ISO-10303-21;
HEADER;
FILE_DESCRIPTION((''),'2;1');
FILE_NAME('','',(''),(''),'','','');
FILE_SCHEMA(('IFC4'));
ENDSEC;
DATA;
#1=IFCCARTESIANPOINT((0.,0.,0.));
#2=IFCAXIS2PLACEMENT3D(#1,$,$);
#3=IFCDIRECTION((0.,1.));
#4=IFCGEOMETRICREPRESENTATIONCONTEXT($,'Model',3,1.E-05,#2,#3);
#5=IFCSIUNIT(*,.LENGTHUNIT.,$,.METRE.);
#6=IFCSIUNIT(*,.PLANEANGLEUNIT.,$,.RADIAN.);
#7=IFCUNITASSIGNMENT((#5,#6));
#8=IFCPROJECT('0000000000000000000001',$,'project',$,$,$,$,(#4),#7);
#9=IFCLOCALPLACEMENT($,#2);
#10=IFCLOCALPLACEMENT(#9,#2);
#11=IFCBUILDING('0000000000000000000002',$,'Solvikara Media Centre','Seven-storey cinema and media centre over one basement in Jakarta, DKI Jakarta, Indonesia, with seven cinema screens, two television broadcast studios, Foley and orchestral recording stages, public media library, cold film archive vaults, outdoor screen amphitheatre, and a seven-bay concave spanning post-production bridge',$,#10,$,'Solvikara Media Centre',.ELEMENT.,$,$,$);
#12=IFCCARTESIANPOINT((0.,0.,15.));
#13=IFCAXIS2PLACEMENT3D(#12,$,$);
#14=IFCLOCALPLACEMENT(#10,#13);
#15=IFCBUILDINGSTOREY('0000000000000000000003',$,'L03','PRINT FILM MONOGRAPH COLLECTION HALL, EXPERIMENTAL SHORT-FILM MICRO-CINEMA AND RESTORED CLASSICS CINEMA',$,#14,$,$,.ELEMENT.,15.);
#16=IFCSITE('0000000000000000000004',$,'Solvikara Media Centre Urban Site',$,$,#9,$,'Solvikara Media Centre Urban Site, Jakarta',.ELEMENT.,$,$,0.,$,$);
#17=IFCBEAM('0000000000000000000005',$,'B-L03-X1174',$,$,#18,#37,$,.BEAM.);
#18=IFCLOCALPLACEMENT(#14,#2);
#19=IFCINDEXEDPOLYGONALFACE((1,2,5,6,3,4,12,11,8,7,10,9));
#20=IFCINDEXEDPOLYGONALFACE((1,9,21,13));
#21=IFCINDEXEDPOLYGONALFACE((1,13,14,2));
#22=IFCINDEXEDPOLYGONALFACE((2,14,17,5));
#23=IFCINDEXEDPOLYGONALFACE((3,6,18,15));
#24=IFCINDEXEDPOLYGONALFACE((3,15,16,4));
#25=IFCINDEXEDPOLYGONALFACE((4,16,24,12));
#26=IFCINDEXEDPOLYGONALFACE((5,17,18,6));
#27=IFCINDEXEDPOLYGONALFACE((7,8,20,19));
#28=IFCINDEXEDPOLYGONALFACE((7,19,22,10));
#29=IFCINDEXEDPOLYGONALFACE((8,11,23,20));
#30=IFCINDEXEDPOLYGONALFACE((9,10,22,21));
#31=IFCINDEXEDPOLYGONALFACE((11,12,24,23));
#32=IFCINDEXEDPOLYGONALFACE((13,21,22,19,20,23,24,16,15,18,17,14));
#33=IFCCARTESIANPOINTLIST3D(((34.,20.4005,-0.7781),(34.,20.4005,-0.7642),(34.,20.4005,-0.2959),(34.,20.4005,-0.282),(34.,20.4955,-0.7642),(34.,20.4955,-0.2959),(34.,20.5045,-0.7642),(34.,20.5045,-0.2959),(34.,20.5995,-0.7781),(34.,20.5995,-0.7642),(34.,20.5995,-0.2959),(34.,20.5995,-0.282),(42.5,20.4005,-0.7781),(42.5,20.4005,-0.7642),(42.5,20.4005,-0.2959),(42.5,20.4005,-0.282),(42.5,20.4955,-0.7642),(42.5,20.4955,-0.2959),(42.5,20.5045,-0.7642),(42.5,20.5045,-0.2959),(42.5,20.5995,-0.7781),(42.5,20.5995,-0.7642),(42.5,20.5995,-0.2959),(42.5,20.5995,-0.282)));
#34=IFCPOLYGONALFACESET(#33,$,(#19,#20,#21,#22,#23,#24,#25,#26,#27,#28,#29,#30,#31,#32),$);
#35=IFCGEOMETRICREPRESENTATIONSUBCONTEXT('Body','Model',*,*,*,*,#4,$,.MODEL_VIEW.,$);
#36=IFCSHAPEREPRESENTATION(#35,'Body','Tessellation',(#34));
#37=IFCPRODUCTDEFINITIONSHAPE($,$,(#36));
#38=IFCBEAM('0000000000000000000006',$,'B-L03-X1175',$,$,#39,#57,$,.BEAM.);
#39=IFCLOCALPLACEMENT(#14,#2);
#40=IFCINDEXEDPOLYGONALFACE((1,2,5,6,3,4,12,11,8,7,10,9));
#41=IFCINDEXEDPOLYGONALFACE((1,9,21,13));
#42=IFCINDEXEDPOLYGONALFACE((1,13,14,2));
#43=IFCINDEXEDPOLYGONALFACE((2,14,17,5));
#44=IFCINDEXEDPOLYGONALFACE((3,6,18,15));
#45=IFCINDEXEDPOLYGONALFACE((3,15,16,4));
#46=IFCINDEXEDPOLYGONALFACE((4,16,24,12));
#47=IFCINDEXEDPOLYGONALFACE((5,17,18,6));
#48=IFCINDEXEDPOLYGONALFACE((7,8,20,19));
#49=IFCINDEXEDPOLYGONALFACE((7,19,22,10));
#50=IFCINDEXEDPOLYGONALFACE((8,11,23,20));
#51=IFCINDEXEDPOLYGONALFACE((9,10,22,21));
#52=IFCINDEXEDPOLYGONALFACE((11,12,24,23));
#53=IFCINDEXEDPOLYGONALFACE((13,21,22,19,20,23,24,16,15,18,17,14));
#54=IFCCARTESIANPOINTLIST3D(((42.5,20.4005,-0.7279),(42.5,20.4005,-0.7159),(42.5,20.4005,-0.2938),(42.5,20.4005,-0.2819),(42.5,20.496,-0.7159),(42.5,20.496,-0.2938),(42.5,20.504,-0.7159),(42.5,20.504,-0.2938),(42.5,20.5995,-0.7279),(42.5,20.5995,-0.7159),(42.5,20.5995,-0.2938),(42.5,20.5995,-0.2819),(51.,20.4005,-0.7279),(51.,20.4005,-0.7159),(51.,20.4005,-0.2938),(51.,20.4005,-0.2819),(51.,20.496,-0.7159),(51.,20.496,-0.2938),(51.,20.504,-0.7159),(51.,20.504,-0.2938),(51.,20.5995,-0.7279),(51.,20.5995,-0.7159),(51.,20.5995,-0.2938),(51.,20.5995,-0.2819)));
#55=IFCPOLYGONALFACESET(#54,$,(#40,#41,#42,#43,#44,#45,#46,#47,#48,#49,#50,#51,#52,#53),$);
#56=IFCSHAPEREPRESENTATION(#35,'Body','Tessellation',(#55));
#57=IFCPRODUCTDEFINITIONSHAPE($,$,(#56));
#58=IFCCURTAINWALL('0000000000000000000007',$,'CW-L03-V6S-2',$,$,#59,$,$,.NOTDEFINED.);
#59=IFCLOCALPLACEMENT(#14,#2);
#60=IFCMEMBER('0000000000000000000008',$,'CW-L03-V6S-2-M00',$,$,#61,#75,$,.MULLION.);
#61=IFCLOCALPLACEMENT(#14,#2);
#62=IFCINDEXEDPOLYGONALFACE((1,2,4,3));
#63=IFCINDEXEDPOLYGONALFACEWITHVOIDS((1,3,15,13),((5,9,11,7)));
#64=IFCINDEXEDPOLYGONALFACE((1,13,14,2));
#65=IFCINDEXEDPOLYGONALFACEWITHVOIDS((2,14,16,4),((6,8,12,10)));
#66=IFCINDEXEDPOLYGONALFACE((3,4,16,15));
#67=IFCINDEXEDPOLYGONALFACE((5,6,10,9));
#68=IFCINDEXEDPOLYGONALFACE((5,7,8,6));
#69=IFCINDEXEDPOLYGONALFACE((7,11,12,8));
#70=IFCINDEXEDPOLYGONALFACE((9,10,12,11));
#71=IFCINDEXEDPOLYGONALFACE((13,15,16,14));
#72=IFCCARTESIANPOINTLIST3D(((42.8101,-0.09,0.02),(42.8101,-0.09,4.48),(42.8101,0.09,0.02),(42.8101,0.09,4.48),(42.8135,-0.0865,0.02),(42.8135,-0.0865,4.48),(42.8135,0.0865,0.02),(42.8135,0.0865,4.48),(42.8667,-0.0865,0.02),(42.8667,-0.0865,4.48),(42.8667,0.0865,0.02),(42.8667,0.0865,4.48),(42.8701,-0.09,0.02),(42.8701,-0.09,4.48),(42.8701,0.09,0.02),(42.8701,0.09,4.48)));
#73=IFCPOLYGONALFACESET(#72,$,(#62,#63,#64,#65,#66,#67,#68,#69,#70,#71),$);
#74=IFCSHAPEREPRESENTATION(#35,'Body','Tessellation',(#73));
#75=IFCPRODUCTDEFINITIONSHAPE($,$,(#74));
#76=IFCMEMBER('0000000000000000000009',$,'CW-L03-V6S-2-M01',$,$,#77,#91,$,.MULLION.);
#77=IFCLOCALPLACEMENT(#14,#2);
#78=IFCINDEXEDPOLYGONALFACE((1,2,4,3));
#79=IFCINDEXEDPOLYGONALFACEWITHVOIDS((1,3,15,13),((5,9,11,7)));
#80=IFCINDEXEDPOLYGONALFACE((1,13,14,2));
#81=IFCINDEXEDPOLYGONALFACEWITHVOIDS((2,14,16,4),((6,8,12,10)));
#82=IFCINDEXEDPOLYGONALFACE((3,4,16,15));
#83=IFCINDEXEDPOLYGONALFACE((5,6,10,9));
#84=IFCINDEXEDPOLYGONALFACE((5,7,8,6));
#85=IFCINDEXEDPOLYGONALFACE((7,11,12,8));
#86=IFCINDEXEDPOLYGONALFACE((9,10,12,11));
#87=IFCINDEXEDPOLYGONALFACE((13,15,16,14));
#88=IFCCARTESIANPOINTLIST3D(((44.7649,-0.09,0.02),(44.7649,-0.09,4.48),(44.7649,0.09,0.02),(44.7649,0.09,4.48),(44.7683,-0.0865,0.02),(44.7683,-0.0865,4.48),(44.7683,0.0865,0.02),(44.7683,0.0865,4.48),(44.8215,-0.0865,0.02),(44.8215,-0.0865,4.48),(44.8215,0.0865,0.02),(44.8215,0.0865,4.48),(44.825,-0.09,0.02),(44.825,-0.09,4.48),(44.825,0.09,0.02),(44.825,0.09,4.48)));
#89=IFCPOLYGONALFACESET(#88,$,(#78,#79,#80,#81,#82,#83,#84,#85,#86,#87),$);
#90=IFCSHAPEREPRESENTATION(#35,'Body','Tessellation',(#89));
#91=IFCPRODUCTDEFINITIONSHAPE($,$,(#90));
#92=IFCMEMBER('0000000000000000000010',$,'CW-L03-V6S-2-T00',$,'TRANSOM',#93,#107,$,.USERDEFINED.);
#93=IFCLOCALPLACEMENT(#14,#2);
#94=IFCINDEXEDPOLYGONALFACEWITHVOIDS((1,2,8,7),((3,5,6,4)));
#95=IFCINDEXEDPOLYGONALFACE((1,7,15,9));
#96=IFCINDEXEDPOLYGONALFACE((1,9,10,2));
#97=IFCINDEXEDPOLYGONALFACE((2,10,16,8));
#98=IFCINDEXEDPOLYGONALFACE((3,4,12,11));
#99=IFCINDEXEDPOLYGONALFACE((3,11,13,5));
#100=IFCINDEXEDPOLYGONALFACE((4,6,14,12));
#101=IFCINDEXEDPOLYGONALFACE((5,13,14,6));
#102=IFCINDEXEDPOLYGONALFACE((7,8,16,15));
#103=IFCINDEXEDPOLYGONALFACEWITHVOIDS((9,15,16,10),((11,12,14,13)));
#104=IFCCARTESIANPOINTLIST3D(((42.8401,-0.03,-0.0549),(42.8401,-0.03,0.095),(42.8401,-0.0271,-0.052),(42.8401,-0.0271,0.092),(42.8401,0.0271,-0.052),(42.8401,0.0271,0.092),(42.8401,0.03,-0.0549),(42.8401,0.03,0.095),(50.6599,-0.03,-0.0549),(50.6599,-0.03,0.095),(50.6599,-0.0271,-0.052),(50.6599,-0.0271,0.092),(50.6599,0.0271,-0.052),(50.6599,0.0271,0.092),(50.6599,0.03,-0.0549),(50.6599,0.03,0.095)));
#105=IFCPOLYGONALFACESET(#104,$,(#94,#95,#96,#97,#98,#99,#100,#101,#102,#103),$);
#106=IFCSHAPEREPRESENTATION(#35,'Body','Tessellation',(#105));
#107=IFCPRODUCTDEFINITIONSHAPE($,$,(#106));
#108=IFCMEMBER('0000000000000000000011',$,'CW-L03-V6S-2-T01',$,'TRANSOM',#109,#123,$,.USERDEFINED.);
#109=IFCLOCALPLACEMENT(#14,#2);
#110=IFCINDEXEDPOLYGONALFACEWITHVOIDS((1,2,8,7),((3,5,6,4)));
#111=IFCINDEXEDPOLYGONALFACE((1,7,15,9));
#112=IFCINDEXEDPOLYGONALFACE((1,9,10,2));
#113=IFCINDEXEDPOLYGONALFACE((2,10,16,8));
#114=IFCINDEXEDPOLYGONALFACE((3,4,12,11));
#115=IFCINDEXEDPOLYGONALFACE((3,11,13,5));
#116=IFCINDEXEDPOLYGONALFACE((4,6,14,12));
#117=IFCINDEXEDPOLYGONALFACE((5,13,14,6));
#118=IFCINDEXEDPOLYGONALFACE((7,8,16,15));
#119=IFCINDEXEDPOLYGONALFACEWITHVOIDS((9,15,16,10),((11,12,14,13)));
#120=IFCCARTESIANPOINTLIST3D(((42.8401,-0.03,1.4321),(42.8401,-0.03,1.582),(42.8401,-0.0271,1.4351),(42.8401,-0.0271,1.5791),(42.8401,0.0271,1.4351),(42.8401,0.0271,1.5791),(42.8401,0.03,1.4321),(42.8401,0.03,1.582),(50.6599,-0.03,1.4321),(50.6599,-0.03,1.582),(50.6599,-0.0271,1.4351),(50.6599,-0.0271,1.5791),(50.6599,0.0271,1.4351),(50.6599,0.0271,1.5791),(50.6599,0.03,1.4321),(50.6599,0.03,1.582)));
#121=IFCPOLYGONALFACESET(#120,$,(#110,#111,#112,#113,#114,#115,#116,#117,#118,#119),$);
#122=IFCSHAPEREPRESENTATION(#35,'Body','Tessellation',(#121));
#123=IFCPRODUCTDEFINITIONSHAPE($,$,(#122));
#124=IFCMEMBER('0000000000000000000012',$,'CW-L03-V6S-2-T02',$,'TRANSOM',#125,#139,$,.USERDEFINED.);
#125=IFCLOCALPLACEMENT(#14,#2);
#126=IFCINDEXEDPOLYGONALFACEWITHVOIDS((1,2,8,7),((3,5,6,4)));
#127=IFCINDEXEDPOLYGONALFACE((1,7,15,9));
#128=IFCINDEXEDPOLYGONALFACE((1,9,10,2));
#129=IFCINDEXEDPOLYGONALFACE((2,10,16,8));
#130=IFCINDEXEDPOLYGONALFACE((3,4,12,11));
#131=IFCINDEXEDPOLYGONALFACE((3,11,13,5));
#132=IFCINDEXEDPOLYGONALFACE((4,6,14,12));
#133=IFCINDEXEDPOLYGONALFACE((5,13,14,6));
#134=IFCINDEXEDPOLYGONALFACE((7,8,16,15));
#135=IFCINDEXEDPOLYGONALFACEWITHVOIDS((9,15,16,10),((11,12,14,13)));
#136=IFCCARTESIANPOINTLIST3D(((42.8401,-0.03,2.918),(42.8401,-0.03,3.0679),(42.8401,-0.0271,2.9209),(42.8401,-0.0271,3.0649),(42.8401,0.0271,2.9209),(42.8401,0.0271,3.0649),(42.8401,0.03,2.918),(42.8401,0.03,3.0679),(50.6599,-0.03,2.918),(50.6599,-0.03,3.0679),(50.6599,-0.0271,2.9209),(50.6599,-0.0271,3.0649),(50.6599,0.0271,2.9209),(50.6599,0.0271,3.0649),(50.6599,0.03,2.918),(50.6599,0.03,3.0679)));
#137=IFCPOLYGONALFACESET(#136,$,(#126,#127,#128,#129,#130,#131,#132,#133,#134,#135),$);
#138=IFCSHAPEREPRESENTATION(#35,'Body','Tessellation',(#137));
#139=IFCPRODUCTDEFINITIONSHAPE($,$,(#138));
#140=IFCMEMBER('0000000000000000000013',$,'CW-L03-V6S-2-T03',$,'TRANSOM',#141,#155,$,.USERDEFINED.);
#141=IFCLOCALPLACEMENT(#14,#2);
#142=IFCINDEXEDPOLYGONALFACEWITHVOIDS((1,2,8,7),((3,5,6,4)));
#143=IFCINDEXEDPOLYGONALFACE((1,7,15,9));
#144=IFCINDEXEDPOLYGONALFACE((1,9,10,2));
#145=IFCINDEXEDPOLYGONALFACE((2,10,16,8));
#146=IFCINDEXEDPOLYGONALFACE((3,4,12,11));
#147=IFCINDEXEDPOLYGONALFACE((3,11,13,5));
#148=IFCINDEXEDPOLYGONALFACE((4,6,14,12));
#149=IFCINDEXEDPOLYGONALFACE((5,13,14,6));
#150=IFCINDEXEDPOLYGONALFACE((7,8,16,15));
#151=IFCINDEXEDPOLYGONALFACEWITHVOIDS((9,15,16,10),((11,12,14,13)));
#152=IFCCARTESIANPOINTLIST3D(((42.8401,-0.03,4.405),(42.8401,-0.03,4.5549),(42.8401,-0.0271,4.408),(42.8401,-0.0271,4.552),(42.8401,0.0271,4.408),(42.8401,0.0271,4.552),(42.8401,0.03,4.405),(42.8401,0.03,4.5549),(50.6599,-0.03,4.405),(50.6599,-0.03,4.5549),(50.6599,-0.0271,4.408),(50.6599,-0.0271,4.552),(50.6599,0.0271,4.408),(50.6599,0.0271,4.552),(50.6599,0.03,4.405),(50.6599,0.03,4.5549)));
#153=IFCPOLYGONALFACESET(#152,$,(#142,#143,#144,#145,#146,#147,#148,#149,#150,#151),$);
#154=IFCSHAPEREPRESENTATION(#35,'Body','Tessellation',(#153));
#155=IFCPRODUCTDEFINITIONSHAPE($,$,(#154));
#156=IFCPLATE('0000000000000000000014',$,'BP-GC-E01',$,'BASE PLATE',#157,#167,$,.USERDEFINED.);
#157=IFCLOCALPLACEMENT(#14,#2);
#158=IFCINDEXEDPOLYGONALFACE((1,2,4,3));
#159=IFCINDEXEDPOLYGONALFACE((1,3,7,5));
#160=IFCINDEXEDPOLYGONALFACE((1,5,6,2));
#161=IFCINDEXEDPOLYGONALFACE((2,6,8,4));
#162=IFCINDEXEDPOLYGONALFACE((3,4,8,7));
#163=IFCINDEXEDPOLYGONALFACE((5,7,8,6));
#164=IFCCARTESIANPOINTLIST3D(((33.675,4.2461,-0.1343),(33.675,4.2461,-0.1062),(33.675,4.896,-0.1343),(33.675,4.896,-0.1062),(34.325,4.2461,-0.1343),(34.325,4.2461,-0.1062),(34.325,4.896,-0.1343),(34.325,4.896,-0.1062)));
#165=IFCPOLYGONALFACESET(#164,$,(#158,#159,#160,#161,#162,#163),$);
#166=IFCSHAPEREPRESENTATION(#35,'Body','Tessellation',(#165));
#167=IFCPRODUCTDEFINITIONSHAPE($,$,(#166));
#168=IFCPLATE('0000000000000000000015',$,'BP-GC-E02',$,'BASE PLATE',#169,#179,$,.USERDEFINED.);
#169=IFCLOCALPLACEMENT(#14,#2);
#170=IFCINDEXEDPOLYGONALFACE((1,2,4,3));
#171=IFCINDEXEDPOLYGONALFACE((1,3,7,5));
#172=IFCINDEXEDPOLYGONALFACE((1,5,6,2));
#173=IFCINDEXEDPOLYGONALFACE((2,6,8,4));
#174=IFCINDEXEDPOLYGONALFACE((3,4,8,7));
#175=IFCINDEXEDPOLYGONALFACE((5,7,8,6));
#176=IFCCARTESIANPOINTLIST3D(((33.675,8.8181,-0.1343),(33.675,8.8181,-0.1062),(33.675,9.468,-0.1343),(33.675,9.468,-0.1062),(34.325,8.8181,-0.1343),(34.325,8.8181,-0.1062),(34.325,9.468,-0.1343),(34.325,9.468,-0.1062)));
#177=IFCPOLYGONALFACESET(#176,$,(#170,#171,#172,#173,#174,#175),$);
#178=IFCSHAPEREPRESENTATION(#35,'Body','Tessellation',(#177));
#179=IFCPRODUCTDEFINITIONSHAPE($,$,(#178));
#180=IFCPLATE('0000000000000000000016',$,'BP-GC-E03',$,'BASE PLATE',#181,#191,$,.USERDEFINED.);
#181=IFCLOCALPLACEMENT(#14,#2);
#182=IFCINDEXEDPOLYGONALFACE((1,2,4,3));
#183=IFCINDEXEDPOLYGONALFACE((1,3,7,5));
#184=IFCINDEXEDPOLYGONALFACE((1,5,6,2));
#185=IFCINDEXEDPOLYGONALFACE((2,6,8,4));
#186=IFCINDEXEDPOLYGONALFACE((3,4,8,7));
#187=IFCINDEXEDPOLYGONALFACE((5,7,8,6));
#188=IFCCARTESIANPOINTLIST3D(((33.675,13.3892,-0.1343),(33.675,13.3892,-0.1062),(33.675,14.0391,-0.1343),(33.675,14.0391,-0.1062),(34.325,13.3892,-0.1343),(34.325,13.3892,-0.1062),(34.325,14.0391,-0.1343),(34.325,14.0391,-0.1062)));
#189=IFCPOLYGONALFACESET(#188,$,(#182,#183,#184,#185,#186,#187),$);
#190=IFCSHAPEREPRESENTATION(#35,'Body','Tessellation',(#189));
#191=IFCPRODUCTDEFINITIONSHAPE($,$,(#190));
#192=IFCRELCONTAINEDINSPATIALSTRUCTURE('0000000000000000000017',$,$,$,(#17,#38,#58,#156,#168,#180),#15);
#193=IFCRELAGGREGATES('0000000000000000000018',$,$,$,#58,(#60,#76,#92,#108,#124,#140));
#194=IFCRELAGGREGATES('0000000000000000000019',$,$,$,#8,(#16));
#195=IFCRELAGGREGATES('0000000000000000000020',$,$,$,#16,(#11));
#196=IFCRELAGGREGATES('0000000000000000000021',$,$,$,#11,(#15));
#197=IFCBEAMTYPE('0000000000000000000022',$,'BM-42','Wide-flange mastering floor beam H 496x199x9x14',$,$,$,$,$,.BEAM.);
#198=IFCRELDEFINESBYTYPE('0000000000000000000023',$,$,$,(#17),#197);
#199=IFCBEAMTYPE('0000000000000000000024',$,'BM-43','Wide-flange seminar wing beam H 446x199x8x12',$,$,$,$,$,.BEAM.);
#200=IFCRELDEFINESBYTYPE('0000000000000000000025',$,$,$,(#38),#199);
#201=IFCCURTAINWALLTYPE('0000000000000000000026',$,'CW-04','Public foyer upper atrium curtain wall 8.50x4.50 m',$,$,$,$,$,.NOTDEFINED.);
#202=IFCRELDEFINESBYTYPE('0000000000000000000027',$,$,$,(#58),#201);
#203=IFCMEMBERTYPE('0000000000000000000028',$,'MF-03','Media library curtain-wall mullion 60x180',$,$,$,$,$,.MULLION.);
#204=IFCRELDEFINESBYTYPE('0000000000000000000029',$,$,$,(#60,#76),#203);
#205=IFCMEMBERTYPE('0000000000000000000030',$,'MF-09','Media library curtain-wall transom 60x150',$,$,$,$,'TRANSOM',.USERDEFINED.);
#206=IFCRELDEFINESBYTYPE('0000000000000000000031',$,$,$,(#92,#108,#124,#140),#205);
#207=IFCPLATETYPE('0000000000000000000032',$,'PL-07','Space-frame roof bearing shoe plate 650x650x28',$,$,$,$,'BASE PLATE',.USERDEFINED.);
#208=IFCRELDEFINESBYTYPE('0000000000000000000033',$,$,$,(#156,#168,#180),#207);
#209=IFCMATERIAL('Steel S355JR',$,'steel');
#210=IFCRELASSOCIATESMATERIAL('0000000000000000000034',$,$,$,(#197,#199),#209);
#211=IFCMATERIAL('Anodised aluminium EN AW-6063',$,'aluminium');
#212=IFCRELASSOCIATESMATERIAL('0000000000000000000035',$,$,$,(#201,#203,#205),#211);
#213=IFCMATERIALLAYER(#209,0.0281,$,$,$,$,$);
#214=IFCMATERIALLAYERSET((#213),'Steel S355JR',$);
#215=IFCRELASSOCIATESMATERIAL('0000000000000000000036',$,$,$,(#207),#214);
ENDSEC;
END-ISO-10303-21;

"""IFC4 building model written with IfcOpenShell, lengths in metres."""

from ifc_helpers import new_model, si_unit, direction, frame, origin, origin_2d, place, context, subcontext, project, spatial, rectangle, hollow_rectangle, i_section, extrude, material, layer, layer_set, material_profile, profile_set, type_object, element, aggregate, save


model = new_model("IFC4")

# Units and contexts
model_context = context("Model", 3, precision=1e-05, world=origin(), true_north=direction((0.0, 1.0)))
body_context = subcontext(model_context, "Body", "Model", "MODEL_VIEW")
ifc_project = project(units=[si_unit("LENGTHUNIT", "METRE"), si_unit("PLANEANGLEUNIT", "RADIAN")], contexts=[model_context])

# Site, building, storey
site_placement = place(None, origin())
site = spatial("IfcSite", under=ifc_project, at=site_placement, Name="Solvikara Media Centre Urban Site", LongName="Solvikara Media Centre Urban Site, Jakarta", CompositionType="ELEMENT", RefElevation=0.0)
building_placement = place(site_placement, origin())
building = spatial("IfcBuilding", under=site, at=building_placement, Name="Solvikara Media Centre", Description="Seven-storey cinema and media centre over one basement in Jakarta, DKI Jakarta, Indonesia, with seven cinema screens, two television broadcast studios, Foley and orchestral recording stages, public media library, cold film archive vaults, outdoor screen amphitheatre, and a seven-bay concave spanning post-production bridge", LongName="Solvikara Media Centre", CompositionType="ELEMENT")
storey_placement = place(building_placement, frame((0.0, 0.0, 15.0)))
storey = spatial("IfcBuildingStorey", under=building, at=storey_placement, Name="L03", Description="PRINT FILM MONOGRAPH COLLECTION HALL, EXPERIMENTAL SHORT-FILM MICRO-CINEMA AND RESTORED CLASSICS CINEMA", CompositionType="ELEMENT", Elevation=15.0)

# Beams
ifc_material_1 = material(Name="Steel S355JR", Category="steel")
ifc_material_profile_1 = material_profile(ifc_material_1, i_section(OverallWidth=0.199, OverallDepth=0.4961, WebThickness=0.009, FlangeThickness=0.0139, at=origin_2d()), Name="H 496x199x9x14")
ifc_profile_set_1 = profile_set([ifc_material_profile_1], Name="Steel S355JR")
beam_type_1 = type_object("IfcBeamType", Name="BM-42", Description="Wide-flange mastering floor beam H 496x199x9x14", PredefinedType="BEAM", material=ifc_profile_set_1)
beam_1_placement = place(storey_placement, frame((34.0, 20.5, -0.53), z_axis=(1.0, 0.0, 0.0), x_axis=(0.0, 1.0, 0.0)))
element("IfcBeam", 1, at=beam_1_placement, inside=storey, type_object=beam_type_1, Name="B-L03-X1174", PredefinedType="BEAM", context=body_context, shape_type="SweptSolid", body=[
    extrude(i_section(OverallWidth=0.199, OverallDepth=0.4961, WebThickness=0.009, FlangeThickness=0.0139, at=origin_2d()), origin(), (0.0, 0.0, 1.0), 8.5),
])
ifc_material_profile_2 = material_profile(ifc_material_1, i_section(OverallWidth=0.199, OverallDepth=0.446, WebThickness=0.0081, FlangeThickness=0.012, at=origin_2d()), Name="H 446x199x8x12")
ifc_profile_set_2 = profile_set([ifc_material_profile_2], Name="Steel S355JR")
beam_type_2 = type_object("IfcBeamType", Name="BM-43", Description="Wide-flange seminar wing beam H 446x199x8x12", PredefinedType="BEAM", material=ifc_profile_set_2)
beam_2_placement = place(storey_placement, frame((42.5, 20.5, -0.5049), z_axis=(1.0, 0.0, 0.0), x_axis=(0.0, 1.0, 0.0)))
element("IfcBeam", 2, at=beam_2_placement, inside=storey, type_object=beam_type_2, Name="B-L03-X1175", PredefinedType="BEAM", context=body_context, shape_type="SweptSolid", body=[
    extrude(i_section(OverallWidth=0.199, OverallDepth=0.446, WebThickness=0.0081, FlangeThickness=0.012, at=origin_2d()), origin(), (0.0, 0.0, 1.0), 8.5),
])

# Curtain wall, members
ifc_material_2 = material(Name="Anodised aluminium EN AW-6063", Category="aluminium")
curtain_wall_type = type_object("IfcCurtainWallType", Name="CW-04", Description="Public foyer upper atrium curtain wall 8.50x4.50 m", PredefinedType="NOTDEFINED", material=ifc_material_2)
curtain_wall_placement = place(storey_placement, origin())
curtain_wall = element("IfcCurtainWall", 3, at=curtain_wall_placement, inside=storey, type_object=curtain_wall_type, Name="CW-L03-V6S-2", PredefinedType="NOTDEFINED")
ifc_material_profile_3 = material_profile(ifc_material_2, hollow_rectangle(XDim=0.0601, YDim=0.1799, WallThickness=0.0034, at=origin_2d()), Name="ALU-M 60x180x3.5")
ifc_profile_set_3 = profile_set([ifc_material_profile_3], Name="Anodised aluminium EN AW-6063")
member_type_1 = type_object("IfcMemberType", Name="MF-03", Description="Media library curtain-wall mullion 60x180", PredefinedType="MULLION", material=ifc_profile_set_3)
member_1_placement = place(storey_placement, frame((42.8401, 0.0, 0.02), z_axis=(0.0, 0.0, 1.0), x_axis=(1.0, 0.0, 0.0)))
member_1 = element("IfcMember", 4, at=member_1_placement, type_object=member_type_1, Name="CW-L03-V6S-2-M00", PredefinedType="MULLION", context=body_context, shape_type="SweptSolid", body=[
    extrude(hollow_rectangle(XDim=0.0601, YDim=0.1799, WallThickness=0.0034, at=origin_2d()), origin(), (0.0, 0.0, 1.0), 4.46),
])
member_2_placement = place(storey_placement, frame((44.7949, 0.0, 0.02), z_axis=(0.0, 0.0, 1.0), x_axis=(1.0, 0.0, 0.0)))
member_2 = element("IfcMember", 5, at=member_2_placement, type_object=member_type_1, Name="CW-L03-V6S-2-M01", PredefinedType="MULLION", context=body_context, shape_type="SweptSolid", body=[
    extrude(hollow_rectangle(XDim=0.0601, YDim=0.1799, WallThickness=0.0034, at=origin_2d()), origin(), (0.0, 0.0, 1.0), 4.46),
])
ifc_material_profile_4 = material_profile(ifc_material_2, hollow_rectangle(XDim=0.0601, YDim=0.1499, WallThickness=0.0029, at=origin_2d()), Name="ALU-T 60x150x3")
ifc_profile_set_4 = profile_set([ifc_material_profile_4], Name="Anodised aluminium EN AW-6063")
member_type_2 = type_object("IfcMemberType", Name="MF-09", Description="Media library curtain-wall transom 60x150", ElementType="TRANSOM", PredefinedType="USERDEFINED", material=ifc_profile_set_4)
member_3_placement = place(storey_placement, frame((42.8401, 0.0, 0.02), z_axis=(1.0, 0.0, 0.0), x_axis=(0.0, 1.0, 0.0)))
member_3 = element("IfcMember", 6, at=member_3_placement, type_object=member_type_2, Name="CW-L03-V6S-2-T00", ObjectType="TRANSOM", PredefinedType="USERDEFINED", context=body_context, shape_type="SweptSolid", body=[
    extrude(hollow_rectangle(XDim=0.0601, YDim=0.1499, WallThickness=0.0029, at=origin_2d()), origin(), (0.0, 0.0, 1.0), 7.8198),
])
member_4_placement = place(storey_placement, frame((42.8401, 0.0, 1.5071), z_axis=(1.0, 0.0, 0.0), x_axis=(0.0, 1.0, 0.0)))
member_4 = element("IfcMember", 7, at=member_4_placement, type_object=member_type_2, Name="CW-L03-V6S-2-T01", ObjectType="TRANSOM", PredefinedType="USERDEFINED", context=body_context, shape_type="SweptSolid", body=[
    extrude(hollow_rectangle(XDim=0.0601, YDim=0.1499, WallThickness=0.0029, at=origin_2d()), origin(), (0.0, 0.0, 1.0), 7.8198),
])
member_5_placement = place(storey_placement, frame((42.8401, 0.0, 2.9929), z_axis=(1.0, 0.0, 0.0), x_axis=(0.0, 1.0, 0.0)))
member_5 = element("IfcMember", 8, at=member_5_placement, type_object=member_type_2, Name="CW-L03-V6S-2-T02", ObjectType="TRANSOM", PredefinedType="USERDEFINED", context=body_context, shape_type="SweptSolid", body=[
    extrude(hollow_rectangle(XDim=0.0601, YDim=0.1499, WallThickness=0.0029, at=origin_2d()), origin(), (0.0, 0.0, 1.0), 7.8198),
])
member_6_placement = place(storey_placement, frame((42.8401, 0.0, 4.48), z_axis=(1.0, 0.0, 0.0), x_axis=(0.0, 1.0, 0.0)))
member_6 = element("IfcMember", 9, at=member_6_placement, type_object=member_type_2, Name="CW-L03-V6S-2-T03", ObjectType="TRANSOM", PredefinedType="USERDEFINED", context=body_context, shape_type="SweptSolid", body=[
    extrude(hollow_rectangle(XDim=0.0601, YDim=0.1499, WallThickness=0.0029, at=origin_2d()), origin(), (0.0, 0.0, 1.0), 7.8198),
])

# Plates
ifc_layer_1 = layer(ifc_material_1, 0.0281)
ifc_layer_set_1 = layer_set([ifc_layer_1], Name="Steel S355JR")
plate_type_1 = type_object("IfcPlateType", Name="PL-07", Description="Space-frame roof bearing shoe plate 650x650x28", ElementType="BASE PLATE", PredefinedType="USERDEFINED", material=ifc_layer_set_1)
for number, where, z_axis, x_axis, name in (
    (10, (34.0, 4.571, -0.1343), (0.0, 0.0, 1.0), (1.0, 0.0, 0.0), "BP-GC-E01"),
    (11, (34.0, 9.1431, -0.1343), (0.0, 0.0, 1.0), (1.0, 0.0, 0.0), "BP-GC-E02"),
    (12, (34.0, 13.7141, -0.1343), (0.0, 0.0, 1.0), (1.0, 0.0, 0.0), "BP-GC-E03"),
):
    element("IfcPlate", number, at=place(storey_placement, frame(where, z_axis=z_axis, x_axis=x_axis)), inside=storey, type_object=plate_type_1, Name=name, ObjectType="BASE PLATE", PredefinedType="USERDEFINED", context=body_context, shape_type="SweptSolid", body=[
        extrude(rectangle(XDim=0.6499, YDim=0.6499, at=origin_2d()), origin(), (0.0, 0.0, 1.0), 0.0281),
    ])

aggregate(curtain_wall, [member_1, member_2, member_3, member_4, member_5, member_6])

save(model, "model.ifc")
